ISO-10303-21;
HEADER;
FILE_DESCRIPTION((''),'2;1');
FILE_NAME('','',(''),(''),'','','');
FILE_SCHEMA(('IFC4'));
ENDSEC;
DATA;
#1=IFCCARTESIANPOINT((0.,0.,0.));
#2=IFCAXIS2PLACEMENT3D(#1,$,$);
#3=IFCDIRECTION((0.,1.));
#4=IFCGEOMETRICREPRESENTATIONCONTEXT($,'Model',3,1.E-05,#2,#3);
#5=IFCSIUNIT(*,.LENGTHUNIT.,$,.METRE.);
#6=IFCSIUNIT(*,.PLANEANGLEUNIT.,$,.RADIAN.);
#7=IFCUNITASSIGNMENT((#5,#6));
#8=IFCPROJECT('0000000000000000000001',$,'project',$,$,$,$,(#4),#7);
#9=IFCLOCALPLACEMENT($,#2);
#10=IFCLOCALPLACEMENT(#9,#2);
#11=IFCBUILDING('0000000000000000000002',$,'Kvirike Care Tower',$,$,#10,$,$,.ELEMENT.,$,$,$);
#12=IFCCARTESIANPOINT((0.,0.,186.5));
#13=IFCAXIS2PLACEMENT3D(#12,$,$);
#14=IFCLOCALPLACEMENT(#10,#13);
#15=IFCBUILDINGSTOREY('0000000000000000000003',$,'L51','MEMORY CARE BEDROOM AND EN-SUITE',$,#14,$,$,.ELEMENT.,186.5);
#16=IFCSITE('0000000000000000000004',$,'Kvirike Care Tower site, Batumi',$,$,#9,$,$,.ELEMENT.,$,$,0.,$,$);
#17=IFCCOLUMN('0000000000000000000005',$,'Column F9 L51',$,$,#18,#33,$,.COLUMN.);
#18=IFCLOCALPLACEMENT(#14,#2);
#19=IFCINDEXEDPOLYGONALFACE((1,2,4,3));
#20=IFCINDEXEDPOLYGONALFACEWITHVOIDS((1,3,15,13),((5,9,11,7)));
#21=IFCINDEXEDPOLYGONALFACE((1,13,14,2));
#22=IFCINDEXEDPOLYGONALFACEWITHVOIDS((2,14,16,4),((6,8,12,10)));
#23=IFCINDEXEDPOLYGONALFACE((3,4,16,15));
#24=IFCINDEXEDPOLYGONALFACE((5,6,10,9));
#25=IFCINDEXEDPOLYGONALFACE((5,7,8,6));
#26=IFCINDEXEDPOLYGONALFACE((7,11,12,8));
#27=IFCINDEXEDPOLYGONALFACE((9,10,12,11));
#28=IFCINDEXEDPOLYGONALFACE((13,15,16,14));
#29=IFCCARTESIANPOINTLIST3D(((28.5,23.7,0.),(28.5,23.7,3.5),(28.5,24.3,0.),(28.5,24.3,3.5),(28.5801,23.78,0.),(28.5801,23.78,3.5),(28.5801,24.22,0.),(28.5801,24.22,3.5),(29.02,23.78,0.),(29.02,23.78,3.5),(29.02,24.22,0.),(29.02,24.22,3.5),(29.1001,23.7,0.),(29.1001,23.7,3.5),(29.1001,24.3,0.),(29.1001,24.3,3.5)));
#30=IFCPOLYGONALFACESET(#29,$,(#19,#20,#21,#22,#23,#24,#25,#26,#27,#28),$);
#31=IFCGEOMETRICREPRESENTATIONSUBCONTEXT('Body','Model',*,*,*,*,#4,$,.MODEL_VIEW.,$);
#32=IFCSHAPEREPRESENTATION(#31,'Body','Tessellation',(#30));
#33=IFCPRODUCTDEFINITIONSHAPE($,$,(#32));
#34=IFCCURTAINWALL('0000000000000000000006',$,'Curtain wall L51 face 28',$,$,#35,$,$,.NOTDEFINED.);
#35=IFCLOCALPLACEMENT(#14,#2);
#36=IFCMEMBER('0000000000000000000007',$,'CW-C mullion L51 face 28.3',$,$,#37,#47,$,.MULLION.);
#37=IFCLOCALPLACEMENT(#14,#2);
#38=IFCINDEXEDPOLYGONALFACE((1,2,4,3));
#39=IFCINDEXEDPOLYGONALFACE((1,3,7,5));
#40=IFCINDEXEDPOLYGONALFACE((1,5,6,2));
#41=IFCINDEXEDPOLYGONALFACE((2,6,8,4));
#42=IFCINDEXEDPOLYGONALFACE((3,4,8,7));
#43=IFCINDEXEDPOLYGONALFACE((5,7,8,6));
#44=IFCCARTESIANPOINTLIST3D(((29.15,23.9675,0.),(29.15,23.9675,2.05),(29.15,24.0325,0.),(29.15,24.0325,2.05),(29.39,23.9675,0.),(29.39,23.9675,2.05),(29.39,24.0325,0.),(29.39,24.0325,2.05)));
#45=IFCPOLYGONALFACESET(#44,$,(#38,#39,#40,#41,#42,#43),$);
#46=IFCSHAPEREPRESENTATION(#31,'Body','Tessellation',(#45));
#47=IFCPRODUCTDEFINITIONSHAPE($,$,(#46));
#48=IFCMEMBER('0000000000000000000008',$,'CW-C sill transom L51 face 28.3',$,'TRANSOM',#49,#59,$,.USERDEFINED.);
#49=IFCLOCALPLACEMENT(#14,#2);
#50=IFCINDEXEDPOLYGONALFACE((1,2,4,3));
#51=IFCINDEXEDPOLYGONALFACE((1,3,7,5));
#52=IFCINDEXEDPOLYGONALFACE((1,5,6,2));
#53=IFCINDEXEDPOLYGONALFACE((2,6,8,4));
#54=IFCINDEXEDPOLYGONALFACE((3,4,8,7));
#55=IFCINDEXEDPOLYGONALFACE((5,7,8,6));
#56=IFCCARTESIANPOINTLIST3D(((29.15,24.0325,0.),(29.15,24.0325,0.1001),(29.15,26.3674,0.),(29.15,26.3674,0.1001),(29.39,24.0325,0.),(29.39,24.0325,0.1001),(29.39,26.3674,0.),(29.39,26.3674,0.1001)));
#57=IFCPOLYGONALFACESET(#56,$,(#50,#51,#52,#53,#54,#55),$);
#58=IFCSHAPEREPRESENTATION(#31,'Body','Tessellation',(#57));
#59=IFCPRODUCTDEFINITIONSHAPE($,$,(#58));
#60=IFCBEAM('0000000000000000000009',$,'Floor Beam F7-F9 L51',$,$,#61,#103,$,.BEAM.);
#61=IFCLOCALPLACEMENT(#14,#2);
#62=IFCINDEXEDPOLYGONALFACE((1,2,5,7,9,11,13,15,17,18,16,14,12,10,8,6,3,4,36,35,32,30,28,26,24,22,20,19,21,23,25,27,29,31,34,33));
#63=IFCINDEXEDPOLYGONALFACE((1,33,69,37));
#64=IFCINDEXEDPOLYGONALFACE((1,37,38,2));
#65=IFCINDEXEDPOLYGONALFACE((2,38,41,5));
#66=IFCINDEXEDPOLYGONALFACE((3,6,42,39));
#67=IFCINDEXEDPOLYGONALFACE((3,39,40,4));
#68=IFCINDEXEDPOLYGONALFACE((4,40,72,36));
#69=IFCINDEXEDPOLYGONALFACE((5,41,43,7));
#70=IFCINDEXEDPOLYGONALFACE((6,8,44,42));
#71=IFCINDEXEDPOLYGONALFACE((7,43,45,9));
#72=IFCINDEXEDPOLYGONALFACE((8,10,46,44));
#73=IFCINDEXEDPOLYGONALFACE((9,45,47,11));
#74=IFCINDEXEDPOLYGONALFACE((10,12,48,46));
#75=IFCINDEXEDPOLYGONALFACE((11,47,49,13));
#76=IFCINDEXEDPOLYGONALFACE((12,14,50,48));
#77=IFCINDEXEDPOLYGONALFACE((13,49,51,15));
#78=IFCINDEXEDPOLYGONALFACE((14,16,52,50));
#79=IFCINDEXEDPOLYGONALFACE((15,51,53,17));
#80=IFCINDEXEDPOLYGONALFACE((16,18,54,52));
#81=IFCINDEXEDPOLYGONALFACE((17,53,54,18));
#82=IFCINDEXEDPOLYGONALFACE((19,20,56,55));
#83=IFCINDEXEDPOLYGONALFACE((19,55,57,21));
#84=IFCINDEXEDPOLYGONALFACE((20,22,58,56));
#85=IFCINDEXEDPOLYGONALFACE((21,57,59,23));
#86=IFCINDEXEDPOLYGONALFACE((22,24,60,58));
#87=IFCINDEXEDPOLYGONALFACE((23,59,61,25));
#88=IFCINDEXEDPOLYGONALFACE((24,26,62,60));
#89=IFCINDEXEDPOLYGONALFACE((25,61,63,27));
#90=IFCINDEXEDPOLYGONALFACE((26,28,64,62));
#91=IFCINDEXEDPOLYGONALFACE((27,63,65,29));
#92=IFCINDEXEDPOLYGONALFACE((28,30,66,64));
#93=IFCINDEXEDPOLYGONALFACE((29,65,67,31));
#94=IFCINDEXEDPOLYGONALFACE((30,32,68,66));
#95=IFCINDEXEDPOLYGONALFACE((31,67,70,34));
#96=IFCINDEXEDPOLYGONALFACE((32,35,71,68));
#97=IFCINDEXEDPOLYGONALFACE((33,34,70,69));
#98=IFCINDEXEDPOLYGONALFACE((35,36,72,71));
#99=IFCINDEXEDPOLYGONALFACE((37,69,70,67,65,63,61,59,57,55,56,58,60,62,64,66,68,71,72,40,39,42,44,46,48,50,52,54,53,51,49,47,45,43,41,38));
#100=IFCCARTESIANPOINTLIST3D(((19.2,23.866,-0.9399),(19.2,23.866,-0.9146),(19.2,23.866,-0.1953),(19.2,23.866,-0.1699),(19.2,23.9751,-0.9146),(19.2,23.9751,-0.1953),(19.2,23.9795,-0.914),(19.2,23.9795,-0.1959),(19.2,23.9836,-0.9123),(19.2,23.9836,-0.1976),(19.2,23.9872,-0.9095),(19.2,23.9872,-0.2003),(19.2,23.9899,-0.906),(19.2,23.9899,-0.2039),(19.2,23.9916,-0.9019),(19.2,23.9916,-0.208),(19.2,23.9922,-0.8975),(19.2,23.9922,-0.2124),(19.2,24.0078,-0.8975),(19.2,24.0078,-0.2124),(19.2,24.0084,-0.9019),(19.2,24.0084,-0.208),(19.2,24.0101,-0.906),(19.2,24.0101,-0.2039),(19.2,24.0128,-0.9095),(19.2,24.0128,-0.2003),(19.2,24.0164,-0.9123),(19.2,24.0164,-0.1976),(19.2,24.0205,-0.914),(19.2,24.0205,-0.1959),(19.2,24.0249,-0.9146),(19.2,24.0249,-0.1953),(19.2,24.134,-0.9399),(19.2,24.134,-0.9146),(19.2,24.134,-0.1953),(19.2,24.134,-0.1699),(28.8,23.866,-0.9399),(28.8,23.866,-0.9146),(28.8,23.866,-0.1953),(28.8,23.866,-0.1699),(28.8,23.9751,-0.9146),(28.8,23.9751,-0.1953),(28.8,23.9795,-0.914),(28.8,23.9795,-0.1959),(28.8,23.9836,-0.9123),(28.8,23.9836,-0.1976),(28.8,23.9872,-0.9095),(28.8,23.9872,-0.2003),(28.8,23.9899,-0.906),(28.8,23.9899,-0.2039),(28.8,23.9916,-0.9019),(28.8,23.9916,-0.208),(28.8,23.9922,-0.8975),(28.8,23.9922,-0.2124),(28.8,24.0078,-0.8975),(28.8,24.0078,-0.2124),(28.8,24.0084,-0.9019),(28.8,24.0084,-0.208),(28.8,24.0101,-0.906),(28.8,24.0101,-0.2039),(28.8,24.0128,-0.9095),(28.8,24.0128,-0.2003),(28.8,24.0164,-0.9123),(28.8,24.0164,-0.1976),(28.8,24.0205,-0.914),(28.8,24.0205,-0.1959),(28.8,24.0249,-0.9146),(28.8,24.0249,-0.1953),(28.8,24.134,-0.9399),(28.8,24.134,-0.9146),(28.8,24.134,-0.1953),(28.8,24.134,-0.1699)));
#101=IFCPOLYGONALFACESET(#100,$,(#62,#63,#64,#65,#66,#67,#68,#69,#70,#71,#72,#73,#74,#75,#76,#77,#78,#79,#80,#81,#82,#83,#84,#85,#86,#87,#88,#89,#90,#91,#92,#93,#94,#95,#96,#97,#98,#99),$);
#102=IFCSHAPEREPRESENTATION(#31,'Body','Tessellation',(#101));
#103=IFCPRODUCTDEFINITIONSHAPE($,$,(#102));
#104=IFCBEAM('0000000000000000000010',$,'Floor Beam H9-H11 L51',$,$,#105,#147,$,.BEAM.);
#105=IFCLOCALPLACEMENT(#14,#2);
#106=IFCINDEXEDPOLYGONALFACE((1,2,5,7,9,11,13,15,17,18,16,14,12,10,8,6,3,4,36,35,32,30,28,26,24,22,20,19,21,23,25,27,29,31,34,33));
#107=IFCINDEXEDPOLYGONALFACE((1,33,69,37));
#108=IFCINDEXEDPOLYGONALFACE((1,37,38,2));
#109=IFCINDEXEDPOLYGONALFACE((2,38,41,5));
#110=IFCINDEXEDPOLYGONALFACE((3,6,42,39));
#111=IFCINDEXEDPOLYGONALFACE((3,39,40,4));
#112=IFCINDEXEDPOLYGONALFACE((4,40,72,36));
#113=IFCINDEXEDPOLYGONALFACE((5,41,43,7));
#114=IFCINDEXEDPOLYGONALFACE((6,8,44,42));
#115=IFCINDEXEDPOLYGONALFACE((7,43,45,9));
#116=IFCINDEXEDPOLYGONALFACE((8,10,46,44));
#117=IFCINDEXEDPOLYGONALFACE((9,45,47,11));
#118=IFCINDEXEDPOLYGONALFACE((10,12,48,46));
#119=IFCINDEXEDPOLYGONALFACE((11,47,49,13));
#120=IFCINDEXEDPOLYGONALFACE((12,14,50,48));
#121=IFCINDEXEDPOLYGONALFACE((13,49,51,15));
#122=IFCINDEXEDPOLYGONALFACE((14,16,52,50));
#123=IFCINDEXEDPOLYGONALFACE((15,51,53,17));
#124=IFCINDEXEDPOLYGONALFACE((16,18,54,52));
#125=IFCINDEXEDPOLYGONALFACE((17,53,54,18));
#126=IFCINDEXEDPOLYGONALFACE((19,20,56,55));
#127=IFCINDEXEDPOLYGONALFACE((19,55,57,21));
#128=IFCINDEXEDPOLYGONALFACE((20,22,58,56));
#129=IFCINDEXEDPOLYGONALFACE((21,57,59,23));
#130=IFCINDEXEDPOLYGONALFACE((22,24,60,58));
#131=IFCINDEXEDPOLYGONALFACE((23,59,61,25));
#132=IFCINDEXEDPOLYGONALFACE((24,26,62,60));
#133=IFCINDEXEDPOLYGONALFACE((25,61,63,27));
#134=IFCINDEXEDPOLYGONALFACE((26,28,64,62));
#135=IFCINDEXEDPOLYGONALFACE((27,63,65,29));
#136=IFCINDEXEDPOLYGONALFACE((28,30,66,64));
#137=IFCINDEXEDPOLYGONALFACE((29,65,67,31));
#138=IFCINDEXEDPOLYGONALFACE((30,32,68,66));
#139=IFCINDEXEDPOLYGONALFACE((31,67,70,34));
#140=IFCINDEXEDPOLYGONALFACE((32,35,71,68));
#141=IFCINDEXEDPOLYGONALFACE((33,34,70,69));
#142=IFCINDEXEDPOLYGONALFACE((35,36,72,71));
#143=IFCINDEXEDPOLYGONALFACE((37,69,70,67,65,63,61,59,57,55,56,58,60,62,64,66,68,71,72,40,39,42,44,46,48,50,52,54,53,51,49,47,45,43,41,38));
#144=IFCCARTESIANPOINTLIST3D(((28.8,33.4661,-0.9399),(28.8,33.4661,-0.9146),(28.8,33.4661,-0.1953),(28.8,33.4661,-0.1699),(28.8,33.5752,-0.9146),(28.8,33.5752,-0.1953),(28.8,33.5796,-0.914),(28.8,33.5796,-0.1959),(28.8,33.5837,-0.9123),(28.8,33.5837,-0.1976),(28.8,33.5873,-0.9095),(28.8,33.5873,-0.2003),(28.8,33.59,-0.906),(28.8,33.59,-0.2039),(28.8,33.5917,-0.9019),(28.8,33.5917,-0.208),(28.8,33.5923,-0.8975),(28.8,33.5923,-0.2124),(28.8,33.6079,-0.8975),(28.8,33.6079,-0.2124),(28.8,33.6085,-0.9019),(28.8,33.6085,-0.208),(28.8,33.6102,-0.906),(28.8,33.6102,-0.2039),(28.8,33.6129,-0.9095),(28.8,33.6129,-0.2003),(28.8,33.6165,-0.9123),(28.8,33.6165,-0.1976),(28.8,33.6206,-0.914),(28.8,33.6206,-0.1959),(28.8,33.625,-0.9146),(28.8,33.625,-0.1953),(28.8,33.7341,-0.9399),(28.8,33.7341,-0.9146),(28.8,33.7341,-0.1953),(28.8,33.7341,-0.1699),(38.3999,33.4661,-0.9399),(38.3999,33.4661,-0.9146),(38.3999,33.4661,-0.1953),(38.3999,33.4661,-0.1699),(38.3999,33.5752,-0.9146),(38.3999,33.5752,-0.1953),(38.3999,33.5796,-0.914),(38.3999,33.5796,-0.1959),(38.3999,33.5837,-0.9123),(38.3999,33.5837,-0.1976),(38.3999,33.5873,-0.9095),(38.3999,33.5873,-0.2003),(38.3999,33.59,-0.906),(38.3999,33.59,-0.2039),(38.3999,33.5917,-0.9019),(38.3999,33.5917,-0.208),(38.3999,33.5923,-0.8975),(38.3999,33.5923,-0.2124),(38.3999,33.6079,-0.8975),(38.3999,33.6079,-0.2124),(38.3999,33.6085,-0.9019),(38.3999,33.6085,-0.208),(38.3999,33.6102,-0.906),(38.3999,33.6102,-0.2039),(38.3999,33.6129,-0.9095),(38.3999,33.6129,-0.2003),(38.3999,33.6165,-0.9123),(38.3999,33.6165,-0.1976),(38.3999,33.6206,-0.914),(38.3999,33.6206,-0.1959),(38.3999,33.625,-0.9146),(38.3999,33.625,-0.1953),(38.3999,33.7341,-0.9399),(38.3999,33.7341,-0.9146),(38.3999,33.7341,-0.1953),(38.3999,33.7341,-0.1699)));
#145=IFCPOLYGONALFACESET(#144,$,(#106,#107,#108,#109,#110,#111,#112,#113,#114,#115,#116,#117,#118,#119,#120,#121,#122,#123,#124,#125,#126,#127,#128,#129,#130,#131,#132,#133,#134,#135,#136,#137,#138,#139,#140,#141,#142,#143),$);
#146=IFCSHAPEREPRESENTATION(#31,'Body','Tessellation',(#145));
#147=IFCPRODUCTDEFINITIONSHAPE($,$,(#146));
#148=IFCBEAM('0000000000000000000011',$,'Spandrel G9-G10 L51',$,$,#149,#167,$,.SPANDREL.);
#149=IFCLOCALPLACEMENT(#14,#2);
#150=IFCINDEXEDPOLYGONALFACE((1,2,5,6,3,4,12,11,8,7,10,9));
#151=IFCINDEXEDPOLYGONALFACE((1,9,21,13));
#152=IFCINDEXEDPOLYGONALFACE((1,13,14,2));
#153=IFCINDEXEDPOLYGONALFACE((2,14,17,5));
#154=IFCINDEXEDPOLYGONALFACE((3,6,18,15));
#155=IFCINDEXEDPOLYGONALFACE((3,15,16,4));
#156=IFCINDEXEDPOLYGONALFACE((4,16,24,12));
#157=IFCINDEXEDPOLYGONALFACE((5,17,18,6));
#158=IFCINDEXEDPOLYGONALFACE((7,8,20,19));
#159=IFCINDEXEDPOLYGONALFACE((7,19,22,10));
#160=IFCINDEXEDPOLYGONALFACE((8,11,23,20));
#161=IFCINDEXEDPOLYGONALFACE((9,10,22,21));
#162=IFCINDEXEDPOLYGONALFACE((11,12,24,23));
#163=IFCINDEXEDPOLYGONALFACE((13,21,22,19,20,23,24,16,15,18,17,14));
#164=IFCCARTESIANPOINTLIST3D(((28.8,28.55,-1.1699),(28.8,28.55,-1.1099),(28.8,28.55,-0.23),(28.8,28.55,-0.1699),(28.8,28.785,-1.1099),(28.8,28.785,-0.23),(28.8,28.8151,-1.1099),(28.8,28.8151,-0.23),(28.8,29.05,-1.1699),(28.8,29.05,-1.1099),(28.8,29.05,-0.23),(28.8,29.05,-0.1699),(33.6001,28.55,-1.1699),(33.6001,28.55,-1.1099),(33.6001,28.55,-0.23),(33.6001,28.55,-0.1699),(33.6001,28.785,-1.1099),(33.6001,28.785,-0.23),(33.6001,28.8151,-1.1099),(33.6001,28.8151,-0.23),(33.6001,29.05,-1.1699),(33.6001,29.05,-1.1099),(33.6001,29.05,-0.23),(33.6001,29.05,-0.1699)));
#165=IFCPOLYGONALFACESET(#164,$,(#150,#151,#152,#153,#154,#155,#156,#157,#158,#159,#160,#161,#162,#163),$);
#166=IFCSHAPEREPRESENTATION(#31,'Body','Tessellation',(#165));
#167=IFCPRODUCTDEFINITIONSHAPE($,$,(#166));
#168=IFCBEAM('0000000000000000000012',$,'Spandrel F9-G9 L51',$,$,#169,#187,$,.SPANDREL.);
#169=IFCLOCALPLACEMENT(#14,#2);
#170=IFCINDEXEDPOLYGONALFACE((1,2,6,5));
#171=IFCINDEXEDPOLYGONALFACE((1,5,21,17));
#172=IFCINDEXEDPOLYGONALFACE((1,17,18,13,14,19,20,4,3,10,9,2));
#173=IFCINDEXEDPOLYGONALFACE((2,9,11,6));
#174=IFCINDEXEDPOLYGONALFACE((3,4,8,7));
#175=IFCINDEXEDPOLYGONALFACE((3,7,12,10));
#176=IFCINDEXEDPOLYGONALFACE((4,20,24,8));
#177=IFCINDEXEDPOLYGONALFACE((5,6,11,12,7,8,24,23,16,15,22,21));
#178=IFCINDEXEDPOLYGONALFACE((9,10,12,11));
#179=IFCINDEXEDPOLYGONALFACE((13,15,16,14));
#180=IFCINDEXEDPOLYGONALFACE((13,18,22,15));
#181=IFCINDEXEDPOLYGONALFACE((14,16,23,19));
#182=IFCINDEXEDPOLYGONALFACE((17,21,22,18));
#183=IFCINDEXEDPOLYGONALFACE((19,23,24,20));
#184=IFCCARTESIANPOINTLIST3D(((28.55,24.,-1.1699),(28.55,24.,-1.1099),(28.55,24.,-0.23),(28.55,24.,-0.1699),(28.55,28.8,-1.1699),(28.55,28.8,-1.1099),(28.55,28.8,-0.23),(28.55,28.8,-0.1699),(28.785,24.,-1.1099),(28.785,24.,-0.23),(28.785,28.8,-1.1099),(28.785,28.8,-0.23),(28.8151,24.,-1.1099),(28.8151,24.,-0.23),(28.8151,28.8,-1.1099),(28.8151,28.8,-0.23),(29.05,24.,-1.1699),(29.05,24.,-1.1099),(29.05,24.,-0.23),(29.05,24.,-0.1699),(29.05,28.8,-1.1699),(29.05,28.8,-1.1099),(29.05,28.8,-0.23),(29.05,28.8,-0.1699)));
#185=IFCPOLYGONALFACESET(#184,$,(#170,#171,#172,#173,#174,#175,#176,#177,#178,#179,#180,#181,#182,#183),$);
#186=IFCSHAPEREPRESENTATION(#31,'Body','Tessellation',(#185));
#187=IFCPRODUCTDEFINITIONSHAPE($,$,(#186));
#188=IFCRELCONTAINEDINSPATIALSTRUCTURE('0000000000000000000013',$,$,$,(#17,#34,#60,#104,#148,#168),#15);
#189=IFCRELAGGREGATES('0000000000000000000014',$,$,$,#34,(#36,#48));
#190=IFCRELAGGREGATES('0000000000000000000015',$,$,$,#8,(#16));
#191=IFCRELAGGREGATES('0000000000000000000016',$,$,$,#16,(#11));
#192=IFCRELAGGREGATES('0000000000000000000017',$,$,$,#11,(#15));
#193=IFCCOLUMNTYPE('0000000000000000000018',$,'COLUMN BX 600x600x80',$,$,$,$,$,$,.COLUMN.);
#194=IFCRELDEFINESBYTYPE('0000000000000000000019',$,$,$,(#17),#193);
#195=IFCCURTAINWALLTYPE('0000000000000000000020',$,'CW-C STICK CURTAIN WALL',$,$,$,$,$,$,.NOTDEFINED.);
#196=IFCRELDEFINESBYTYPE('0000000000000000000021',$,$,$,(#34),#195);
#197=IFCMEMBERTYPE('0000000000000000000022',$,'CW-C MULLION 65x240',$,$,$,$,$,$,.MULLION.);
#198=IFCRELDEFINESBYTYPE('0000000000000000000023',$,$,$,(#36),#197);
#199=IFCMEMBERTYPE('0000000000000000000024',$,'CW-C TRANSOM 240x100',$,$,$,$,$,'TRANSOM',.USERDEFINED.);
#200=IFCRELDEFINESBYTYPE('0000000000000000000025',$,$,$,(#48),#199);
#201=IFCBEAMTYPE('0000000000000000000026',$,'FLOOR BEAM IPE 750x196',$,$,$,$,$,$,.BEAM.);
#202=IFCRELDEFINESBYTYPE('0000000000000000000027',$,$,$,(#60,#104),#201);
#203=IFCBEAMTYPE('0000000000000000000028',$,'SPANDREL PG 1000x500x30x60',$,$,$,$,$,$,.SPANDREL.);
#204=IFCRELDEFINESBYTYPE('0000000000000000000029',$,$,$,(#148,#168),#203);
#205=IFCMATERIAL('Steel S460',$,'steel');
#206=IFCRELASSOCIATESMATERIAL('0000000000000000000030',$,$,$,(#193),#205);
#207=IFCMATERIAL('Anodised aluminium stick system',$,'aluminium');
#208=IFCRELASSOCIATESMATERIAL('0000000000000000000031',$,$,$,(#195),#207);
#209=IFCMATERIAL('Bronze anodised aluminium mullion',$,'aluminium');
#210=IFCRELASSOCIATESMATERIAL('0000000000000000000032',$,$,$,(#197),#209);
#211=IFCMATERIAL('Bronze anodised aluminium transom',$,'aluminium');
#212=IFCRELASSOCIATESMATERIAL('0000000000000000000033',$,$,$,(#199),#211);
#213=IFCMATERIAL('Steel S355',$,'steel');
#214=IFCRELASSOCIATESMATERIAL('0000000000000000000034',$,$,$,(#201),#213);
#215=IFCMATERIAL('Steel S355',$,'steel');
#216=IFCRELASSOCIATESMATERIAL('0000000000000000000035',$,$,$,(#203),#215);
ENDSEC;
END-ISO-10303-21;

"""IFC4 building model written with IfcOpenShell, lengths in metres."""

from ifc_helpers import new_model, si_unit, direction, frame, origin, origin_2d, place, context, subcontext, project, spatial, rectangle, hollow_rectangle, i_section, extrude, material, material_profile, profile_set, type_object, element, aggregate, save


model = new_model("IFC4")

# Units and contexts
model_context = context("Model", 3, precision=1e-05, world=origin(), true_north=direction((0.0, 1.0)))
body_context = subcontext(model_context, "Body", "Model", "MODEL_VIEW")
ifc_project = project(units=[si_unit("LENGTHUNIT", "METRE"), si_unit("PLANEANGLEUNIT", "RADIAN")], contexts=[model_context])

# Site, building, storey
site_placement = place(None, origin())
site = spatial("IfcSite", under=ifc_project, at=site_placement, Name="Kvirike Care Tower site, Batumi", CompositionType="ELEMENT", RefElevation=0.0)
building_placement = place(site_placement, origin())
building = spatial("IfcBuilding", under=site, at=building_placement, Name="Kvirike Care Tower", CompositionType="ELEMENT")
storey_placement = place(building_placement, frame((0.0, 0.0, 186.5)))
storey = spatial("IfcBuildingStorey", under=building, at=storey_placement, Name="L51", Description="MEMORY CARE BEDROOM AND EN-SUITE", CompositionType="ELEMENT", Elevation=186.5)

# Column
ifc_material_1 = material(Name="Steel S460", Category="steel")
ifc_material_profile_1 = material_profile(ifc_material_1, hollow_rectangle(XDim=0.6001, YDim=0.6001, WallThickness=0.0801, at=origin_2d()), Name="BX 600x600x80")
ifc_profile_set_1 = profile_set([ifc_material_profile_1], Name="Steel S460")
column_type = type_object("IfcColumnType", Name="COLUMN BX 600x600x80", PredefinedType="COLUMN", material=ifc_profile_set_1)
column_placement = place(storey_placement, frame((28.8, 24.0, 0.0), z_axis=(0.0, 0.0, 1.0), x_axis=(1.0, 0.0, 0.0)))
element("IfcColumn", 1, at=column_placement, inside=storey, type_object=column_type, Name="Column F9 L51", PredefinedType="COLUMN", context=body_context, shape_type="SweptSolid", body=[
    extrude(hollow_rectangle(XDim=0.6001, YDim=0.6001, WallThickness=0.0801, at=origin_2d()), origin(), (0.0, 0.0, 1.0), 3.5),
])

# Curtain wall, members
ifc_material_2 = material(Name="Anodised aluminium stick system", Category="aluminium")
curtain_wall_type = type_object("IfcCurtainWallType", Name="CW-C STICK CURTAIN WALL", PredefinedType="NOTDEFINED", material=ifc_material_2)
curtain_wall_placement = place(storey_placement, origin())
curtain_wall = element("IfcCurtainWall", 2, at=curtain_wall_placement, inside=storey, type_object=curtain_wall_type, Name="Curtain wall L51 face 28", PredefinedType="NOTDEFINED")
ifc_material_3 = material(Name="Bronze anodised aluminium mullion", Category="aluminium")
ifc_material_profile_2 = material_profile(ifc_material_3, rectangle(XDim=0.0649, YDim=0.24, at=origin_2d()), Name="CW-C MULLION 65x240")
ifc_profile_set_2 = profile_set([ifc_material_profile_2], Name="Bronze anodised aluminium mullion")
member_type_1 = type_object("IfcMemberType", Name="CW-C MULLION 65x240", PredefinedType="MULLION", material=ifc_profile_set_2)
member_1_placement = place(storey_placement, frame((29.27, 24.0, 0.0), z_axis=(0.0, 0.0, 1.0), x_axis=(0.0, 1.0, 0.0)))
member_1 = element("IfcMember", 3, at=member_1_placement, type_object=member_type_1, Name="CW-C mullion L51 face 28.3", PredefinedType="MULLION", context=body_context, shape_type="SweptSolid", body=[
    extrude(rectangle(XDim=0.0649, YDim=0.24, at=origin_2d()), origin(), (0.0, 0.0, 1.0), 2.05),
])
ifc_material_4 = material(Name="Bronze anodised aluminium transom", Category="aluminium")
ifc_material_profile_3 = material_profile(ifc_material_4, rectangle(XDim=0.24, YDim=0.1001, at=origin_2d()), Name="CW-C TRANSOM 240x100")
ifc_profile_set_3 = profile_set([ifc_material_profile_3], Name="Bronze anodised aluminium transom")
member_type_2 = type_object("IfcMemberType", Name="CW-C TRANSOM 240x100", ElementType="TRANSOM", PredefinedType="USERDEFINED", material=ifc_profile_set_3)
member_2_placement = place(storey_placement, frame((29.27, 24.0325, 0.05), z_axis=(0.0, 1.0, 0.0), x_axis=(-1.0, 0.0, 0.0)))
member_2 = element("IfcMember", 4, at=member_2_placement, type_object=member_type_2, Name="CW-C sill transom L51 face 28.3", ObjectType="TRANSOM", PredefinedType="USERDEFINED", context=body_context, shape_type="SweptSolid", body=[
    extrude(rectangle(XDim=0.24, YDim=0.1001, at=origin_2d()), origin(), (0.0, 0.0, 1.0), 2.335),
])
aggregate(curtain_wall, [member_1, member_2])

# Beams
ifc_material_5 = material(Name="Steel S355", Category="steel")
ifc_material_profile_4 = material_profile(ifc_material_5, i_section(OverallWidth=0.2681, OverallDepth=0.77, WebThickness=0.0156, FlangeThickness=0.0254, FilletRadius=0.0171, at=origin_2d()), Name="IPE 750x196")
ifc_profile_set_4 = profile_set([ifc_material_profile_4], Name="Steel S355")
beam_type_1 = type_object("IfcBeamType", Name="FLOOR BEAM IPE 750x196", PredefinedType="BEAM", material=ifc_profile_set_4)
beam_1_placement = place(storey_placement, frame((19.2, 24.0, -0.5549), z_axis=(1.0, 0.0, 0.0), x_axis=(0.0, 1.0, 0.0)))
element("IfcBeam", 5, at=beam_1_placement, inside=storey, type_object=beam_type_1, Name="Floor Beam F7-F9 L51", PredefinedType="BEAM", context=body_context, shape_type="SweptSolid", body=[
    extrude(i_section(OverallWidth=0.2681, OverallDepth=0.77, WebThickness=0.0156, FlangeThickness=0.0254, FilletRadius=0.0171, at=origin_2d()), origin(), (0.0, 0.0, 1.0), 9.6001),
])
beam_2_placement = place(storey_placement, frame((28.8, 33.6001, -0.5549), z_axis=(1.0, 0.0, 0.0), x_axis=(0.0, 1.0, 0.0)))
element("IfcBeam", 6, at=beam_2_placement, inside=storey, type_object=beam_type_1, Name="Floor Beam H9-H11 L51", PredefinedType="BEAM", context=body_context, shape_type="SweptSolid", body=[
    extrude(i_section(OverallWidth=0.2681, OverallDepth=0.77, WebThickness=0.0156, FlangeThickness=0.0254, FilletRadius=0.0171, at=origin_2d()), origin(), (0.0, 0.0, 1.0), 9.5999),
])
ifc_material_6 = material(Name="Steel S355", Category="steel")
ifc_material_profile_5 = material_profile(ifc_material_6, i_section(OverallWidth=0.5, OverallDepth=1.0, WebThickness=0.03, FlangeThickness=0.0601, at=origin_2d()), Name="PG 1000x500x30x60")
ifc_profile_set_5 = profile_set([ifc_material_profile_5], Name="Steel S355")
beam_type_2 = type_object("IfcBeamType", Name="SPANDREL PG 1000x500x30x60", PredefinedType="SPANDREL", material=ifc_profile_set_5)
for number, where, z_axis, x_axis, name in (
    (7, (28.8, 28.8, -0.6699), (1.0, 0.0, 0.0), (0.0, 1.0, 0.0), "Spandrel G9-G10 L51"),
    (8, (28.8, 24.0, -0.6699), (0.0, 1.0, 0.0), (-1.0, 0.0, 0.0), "Spandrel F9-G9 L51"),
):
    element("IfcBeam", number, at=place(storey_placement, frame(where, z_axis=z_axis, x_axis=x_axis)), inside=storey, type_object=beam_type_2, Name=name, PredefinedType="SPANDREL", context=body_context, shape_type="SweptSolid", body=[
        extrude(i_section(OverallWidth=0.5, OverallDepth=1.0, WebThickness=0.03, FlangeThickness=0.0601, at=origin_2d()), origin(), (0.0, 0.0, 1.0), 4.8),
    ])

save(model, "model.ifc")
